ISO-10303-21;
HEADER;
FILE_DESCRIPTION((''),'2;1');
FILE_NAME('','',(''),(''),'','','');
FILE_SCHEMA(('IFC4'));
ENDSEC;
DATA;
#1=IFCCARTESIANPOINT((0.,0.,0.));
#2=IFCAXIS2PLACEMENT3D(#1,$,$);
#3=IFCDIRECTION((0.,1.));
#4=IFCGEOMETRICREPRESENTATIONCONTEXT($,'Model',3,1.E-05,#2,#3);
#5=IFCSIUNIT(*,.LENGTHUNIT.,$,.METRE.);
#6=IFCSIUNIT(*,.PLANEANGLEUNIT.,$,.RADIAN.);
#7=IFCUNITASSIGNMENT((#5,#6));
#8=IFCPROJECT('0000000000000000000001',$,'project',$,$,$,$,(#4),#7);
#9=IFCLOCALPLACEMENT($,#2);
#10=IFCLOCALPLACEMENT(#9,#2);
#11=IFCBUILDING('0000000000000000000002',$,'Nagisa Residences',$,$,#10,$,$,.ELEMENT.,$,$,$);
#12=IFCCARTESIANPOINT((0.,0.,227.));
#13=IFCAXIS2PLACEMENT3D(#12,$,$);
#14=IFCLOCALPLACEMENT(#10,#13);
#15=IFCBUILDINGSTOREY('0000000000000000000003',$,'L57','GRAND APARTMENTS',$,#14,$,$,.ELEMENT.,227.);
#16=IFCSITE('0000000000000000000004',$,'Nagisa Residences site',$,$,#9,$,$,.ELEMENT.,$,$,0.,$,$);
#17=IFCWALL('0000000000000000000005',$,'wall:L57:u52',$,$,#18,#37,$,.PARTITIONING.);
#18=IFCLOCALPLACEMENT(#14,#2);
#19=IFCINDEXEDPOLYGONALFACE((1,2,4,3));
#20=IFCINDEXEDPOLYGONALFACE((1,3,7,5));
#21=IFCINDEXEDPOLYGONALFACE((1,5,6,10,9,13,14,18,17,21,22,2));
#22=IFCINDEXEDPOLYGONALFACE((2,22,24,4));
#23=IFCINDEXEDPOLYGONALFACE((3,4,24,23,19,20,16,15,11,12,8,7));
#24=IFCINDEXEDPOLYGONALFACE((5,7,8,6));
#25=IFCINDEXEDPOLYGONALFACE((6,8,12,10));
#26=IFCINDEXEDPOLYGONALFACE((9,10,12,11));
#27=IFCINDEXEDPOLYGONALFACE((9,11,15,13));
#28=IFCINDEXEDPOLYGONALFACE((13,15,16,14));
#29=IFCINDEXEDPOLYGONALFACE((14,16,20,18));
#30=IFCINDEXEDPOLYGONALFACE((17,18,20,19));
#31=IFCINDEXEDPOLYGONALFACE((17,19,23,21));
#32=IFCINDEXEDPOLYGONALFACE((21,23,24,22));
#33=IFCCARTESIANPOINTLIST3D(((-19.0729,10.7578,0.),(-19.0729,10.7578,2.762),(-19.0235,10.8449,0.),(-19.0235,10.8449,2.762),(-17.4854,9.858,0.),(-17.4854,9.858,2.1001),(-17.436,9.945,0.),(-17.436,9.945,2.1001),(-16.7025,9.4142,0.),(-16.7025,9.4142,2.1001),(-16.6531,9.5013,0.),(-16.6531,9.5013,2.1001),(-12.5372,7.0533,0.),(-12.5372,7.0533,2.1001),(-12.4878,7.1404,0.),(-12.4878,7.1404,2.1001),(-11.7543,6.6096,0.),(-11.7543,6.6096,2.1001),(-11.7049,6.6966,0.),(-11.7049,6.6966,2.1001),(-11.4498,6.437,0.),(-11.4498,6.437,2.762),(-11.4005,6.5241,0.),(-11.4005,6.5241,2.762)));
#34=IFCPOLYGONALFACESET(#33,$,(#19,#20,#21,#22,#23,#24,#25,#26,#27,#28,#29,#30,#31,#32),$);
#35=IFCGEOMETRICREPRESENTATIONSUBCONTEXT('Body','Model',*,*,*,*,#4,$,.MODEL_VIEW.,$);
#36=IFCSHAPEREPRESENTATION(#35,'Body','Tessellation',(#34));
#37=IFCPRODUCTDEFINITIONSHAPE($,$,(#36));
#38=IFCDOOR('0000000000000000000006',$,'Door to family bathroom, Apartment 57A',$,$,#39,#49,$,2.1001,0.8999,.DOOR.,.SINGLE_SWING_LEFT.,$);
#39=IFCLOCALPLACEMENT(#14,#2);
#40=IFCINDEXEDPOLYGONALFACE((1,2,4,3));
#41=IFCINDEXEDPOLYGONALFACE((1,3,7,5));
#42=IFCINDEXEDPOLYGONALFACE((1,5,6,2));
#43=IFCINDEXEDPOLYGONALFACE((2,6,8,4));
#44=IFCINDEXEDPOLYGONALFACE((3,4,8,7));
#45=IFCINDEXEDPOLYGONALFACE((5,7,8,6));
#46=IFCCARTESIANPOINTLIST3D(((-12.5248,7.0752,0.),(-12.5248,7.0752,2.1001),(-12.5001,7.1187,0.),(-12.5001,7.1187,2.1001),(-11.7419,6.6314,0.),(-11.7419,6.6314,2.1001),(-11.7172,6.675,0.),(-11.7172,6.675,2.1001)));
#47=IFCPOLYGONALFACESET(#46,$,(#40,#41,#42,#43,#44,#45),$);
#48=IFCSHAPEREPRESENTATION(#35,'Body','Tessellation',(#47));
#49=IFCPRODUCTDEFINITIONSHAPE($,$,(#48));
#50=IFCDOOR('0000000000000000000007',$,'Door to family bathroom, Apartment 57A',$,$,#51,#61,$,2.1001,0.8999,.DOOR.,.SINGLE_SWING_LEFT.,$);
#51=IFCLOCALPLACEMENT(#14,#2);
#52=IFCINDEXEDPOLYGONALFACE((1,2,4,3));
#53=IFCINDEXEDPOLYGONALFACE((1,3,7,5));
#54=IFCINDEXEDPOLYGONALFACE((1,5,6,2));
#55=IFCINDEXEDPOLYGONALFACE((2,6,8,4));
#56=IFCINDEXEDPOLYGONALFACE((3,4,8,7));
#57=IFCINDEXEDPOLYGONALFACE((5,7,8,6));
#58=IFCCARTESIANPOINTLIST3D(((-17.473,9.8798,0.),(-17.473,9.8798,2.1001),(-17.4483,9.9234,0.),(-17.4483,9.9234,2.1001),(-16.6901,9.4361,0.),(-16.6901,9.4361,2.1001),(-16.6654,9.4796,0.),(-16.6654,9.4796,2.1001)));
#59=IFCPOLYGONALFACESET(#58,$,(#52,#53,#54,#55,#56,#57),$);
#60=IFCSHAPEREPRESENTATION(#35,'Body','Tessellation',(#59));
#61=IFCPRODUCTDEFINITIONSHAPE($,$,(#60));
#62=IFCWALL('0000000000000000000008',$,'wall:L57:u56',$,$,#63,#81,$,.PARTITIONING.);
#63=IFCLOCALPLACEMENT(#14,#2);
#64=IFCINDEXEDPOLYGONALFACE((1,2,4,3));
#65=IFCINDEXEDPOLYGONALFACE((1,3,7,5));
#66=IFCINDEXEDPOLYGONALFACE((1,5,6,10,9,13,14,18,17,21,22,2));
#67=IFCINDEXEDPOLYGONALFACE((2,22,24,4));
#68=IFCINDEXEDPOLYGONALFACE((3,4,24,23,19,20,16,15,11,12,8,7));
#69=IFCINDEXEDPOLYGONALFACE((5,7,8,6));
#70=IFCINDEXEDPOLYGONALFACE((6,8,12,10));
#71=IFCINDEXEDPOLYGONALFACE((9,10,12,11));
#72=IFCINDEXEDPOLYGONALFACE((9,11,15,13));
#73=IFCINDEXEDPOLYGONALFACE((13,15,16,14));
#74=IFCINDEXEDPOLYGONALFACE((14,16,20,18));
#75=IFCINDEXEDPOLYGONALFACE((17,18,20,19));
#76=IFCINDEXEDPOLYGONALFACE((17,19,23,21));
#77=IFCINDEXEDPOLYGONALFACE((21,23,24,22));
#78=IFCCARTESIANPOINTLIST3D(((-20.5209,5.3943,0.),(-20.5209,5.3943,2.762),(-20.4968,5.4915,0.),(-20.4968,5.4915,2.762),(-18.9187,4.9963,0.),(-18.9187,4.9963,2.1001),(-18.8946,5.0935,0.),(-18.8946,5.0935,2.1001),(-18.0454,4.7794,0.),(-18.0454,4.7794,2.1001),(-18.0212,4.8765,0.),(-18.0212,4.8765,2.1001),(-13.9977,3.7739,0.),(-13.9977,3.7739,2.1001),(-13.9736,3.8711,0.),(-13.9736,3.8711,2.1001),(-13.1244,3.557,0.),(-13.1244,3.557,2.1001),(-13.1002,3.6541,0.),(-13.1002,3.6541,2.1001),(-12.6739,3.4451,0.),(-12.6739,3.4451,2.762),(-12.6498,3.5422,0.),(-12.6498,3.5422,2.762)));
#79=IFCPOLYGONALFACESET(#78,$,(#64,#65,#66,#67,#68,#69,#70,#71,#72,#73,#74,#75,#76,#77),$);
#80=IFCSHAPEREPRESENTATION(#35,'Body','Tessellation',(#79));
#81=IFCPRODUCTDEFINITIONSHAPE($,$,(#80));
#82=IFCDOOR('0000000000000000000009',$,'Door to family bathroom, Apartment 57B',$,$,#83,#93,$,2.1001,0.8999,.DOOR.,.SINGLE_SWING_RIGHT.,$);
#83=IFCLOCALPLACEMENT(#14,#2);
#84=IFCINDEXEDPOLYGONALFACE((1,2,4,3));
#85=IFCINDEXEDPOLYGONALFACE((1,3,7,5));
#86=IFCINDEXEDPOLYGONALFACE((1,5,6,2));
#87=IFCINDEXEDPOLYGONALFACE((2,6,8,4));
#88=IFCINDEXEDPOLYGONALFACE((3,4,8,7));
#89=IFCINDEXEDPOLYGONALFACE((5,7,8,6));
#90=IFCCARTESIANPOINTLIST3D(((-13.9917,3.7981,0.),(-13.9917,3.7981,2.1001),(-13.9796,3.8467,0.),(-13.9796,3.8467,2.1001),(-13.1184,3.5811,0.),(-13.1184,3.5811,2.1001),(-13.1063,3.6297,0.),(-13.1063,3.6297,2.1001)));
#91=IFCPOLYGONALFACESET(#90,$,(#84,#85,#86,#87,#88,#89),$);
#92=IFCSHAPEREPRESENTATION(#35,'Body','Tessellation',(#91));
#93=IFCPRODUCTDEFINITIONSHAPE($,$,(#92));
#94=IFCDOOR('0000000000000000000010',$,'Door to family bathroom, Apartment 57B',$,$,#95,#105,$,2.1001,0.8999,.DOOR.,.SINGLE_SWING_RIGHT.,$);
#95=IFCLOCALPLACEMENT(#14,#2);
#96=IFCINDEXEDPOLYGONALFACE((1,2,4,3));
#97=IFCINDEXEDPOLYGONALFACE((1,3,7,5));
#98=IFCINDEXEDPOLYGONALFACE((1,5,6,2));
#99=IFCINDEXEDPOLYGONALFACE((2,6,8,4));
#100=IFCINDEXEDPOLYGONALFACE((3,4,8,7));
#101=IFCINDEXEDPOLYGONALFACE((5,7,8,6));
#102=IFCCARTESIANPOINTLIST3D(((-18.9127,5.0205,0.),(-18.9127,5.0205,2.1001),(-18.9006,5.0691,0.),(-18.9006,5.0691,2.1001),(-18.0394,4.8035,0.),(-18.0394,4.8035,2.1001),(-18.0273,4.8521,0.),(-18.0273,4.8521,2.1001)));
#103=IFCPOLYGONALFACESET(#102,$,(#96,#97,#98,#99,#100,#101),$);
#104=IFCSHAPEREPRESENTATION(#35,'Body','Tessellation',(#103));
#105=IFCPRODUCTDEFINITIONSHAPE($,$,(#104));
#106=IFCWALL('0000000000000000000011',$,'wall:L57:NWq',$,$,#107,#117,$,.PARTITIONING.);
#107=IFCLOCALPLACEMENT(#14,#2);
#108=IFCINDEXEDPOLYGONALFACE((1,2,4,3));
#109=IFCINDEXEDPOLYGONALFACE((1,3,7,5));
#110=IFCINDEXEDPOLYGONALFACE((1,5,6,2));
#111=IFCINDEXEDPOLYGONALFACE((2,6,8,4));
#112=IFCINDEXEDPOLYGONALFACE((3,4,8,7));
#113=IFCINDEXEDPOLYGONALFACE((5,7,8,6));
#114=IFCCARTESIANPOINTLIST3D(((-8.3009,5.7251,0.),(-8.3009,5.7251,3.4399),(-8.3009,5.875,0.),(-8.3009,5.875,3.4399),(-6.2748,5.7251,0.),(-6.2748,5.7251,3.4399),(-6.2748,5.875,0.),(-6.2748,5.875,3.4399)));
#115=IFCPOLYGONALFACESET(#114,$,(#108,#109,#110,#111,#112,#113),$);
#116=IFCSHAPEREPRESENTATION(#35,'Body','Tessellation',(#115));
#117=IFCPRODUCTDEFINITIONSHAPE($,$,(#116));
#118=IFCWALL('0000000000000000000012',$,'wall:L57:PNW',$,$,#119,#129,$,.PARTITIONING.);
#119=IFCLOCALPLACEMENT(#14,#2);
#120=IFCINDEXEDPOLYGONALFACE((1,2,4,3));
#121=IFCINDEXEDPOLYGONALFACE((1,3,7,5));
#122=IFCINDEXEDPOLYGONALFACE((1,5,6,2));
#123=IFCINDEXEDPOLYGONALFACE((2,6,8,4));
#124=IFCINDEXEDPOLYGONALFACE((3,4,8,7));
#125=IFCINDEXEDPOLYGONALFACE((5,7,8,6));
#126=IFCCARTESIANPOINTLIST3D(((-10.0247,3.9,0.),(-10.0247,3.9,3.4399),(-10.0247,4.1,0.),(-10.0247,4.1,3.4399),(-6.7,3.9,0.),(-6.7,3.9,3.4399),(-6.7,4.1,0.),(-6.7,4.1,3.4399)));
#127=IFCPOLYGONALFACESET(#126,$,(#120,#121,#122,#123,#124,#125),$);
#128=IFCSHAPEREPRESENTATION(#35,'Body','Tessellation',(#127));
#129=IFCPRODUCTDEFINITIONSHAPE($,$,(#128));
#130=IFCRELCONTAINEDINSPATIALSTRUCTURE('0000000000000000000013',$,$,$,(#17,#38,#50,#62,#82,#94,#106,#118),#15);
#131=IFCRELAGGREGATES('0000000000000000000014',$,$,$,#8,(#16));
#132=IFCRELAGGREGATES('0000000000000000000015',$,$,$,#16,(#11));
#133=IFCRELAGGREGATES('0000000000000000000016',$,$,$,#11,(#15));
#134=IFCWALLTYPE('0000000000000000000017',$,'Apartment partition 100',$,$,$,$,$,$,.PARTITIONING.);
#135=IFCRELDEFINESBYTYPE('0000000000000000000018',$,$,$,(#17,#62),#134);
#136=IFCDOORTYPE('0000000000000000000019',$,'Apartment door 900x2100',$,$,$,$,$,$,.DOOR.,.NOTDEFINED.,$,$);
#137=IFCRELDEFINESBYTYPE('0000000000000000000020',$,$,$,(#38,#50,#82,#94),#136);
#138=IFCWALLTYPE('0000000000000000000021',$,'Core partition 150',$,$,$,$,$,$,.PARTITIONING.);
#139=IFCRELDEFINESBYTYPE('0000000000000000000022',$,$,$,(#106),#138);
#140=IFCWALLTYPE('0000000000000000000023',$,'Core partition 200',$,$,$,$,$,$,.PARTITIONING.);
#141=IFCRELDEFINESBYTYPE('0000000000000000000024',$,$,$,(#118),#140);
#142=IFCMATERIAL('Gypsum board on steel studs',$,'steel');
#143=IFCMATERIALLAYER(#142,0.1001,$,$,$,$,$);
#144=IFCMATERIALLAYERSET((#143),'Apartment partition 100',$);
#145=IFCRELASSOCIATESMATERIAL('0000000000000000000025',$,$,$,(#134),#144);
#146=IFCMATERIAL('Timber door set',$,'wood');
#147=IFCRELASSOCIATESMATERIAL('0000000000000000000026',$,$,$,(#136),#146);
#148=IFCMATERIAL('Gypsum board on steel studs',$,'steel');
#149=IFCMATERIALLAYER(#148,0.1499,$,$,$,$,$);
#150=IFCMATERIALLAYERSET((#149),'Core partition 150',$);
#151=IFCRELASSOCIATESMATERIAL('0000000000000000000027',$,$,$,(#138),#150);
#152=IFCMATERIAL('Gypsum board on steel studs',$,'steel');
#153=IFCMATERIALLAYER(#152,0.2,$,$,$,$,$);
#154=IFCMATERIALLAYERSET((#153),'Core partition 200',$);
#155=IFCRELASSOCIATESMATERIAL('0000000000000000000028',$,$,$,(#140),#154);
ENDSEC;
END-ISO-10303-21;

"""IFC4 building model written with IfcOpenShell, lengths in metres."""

from ifc_helpers import new_model, si_unit, direction, frame, frame_2d, origin, place, context, subcontext, project, spatial, rectangle, extrude, material, layer, layer_set, type_object, element, fill, save


model = new_model("IFC4")

# Units and contexts
model_context = context("Model", 3, precision=1e-05, world=origin(), true_north=direction((0.0, 1.0)))
body_context = subcontext(model_context, "Body", "Model", "MODEL_VIEW")
ifc_project = project(units=[si_unit("LENGTHUNIT", "METRE"), si_unit("PLANEANGLEUNIT", "RADIAN")], contexts=[model_context])

# Site, building, storey
site_placement = place(None, origin())
site = spatial("IfcSite", under=ifc_project, at=site_placement, Name="Nagisa Residences site", CompositionType="ELEMENT", RefElevation=0.0)
building_placement = place(site_placement, origin())
building = spatial("IfcBuilding", under=site, at=building_placement, Name="Nagisa Residences", CompositionType="ELEMENT")
storey_placement = place(building_placement, frame((0.0, 0.0, 227.0)))
storey = spatial("IfcBuildingStorey", under=building, at=storey_placement, Name="L57", Description="GRAND APARTMENTS", CompositionType="ELEMENT", Elevation=227.0)

# Shared definitions
ifc_material_1 = material(Name="Gypsum board on steel studs", Category="steel")
ifc_layer_1 = layer(ifc_material_1, 0.1001)
ifc_layer_set_1 = layer_set([ifc_layer_1], Name="Apartment partition 100")
wall_type_1 = type_object("IfcWallType", Name="Apartment partition 100", PredefinedType="PARTITIONING", material=ifc_layer_set_1)

# Walls, openings, doors
ifc_material_2 = material(Name="Timber door set", Category="wood")
door_type_1 = type_object("IfcDoorType", Name="Apartment door 900x2100", OperationType="NOTDEFINED", PredefinedType="DOOR", material=ifc_material_2)
wall_1_placement = place(storey_placement, frame((-11.425, 6.4805, 0.0), z_axis=(0.0, 0.0, 1.0), x_axis=(-0.86997, 0.493105, 0.0)))
wall_1 = element("IfcWall", 1, at=wall_1_placement, inside=storey, type_object=wall_type_1, Name="wall:L57:u52", PredefinedType="PARTITIONING", context=body_context, shape_type="SweptSolid", body=[
    extrude(rectangle(XDim=8.7625, YDim=0.1001, at=frame_2d((4.3813, 0.0))), origin(), (0.0, 0.0, 1.0), 2.762),
])
opening_1_placement = place(wall_1_placement, frame((0.3501, 0.0, 0.0)))
opening_1 = element("IfcOpeningElement", 2, at=opening_1_placement, cuts=wall_1, PredefinedType="OPENING", context=body_context, shape_type="SweptSolid", body=[
    extrude(rectangle(XDim=0.8999, YDim=2.1001, at=frame_2d((0.45, 1.05))), frame((0.0, 0.0601, 0.0), z_axis=(0.0, -1.0, 0.0), x_axis=(1.0, 0.0, 0.0)), (0.0, 0.0, 1.0), 0.1201),
])
opening_2_placement = place(wall_1_placement, frame((6.0378, 0.0, 0.0)))
opening_2 = element("IfcOpeningElement", 3, at=opening_2_placement, cuts=wall_1, PredefinedType="OPENING", context=body_context, shape_type="SweptSolid", body=[
    extrude(rectangle(XDim=0.8999, YDim=2.1001, at=frame_2d((0.45, 1.05))), frame((0.0, 0.0601, 0.0), z_axis=(0.0, -1.0, 0.0), x_axis=(1.0, 0.0, 0.0)), (0.0, 0.0, 1.0), 0.1201),
])
door_1_placement = place(opening_1_placement, origin())
door_1 = element("IfcDoor", 4, at=door_1_placement, inside=storey, type_object=door_type_1, Name="Door to family bathroom, Apartment 57A", OperationType="SINGLE_SWING_LEFT", OverallHeight=2.1001, OverallWidth=0.8999, PredefinedType="DOOR", context=body_context, shape_type="SweptSolid", body=[
    extrude(rectangle(XDim=0.8999, YDim=2.1001, at=frame_2d((0.45, 1.05))), frame((0.0, 0.0249, 0.0), z_axis=(0.0, -1.0, 0.0), x_axis=(1.0, 0.0, 0.0)), (0.0, 0.0, 1.0), 0.05),
])
fill(opening_1, door_1)
door_2_placement = place(opening_2_placement, origin())
door_2 = element("IfcDoor", 5, at=door_2_placement, inside=storey, type_object=door_type_1, Name="Door to family bathroom, Apartment 57A", OperationType="SINGLE_SWING_LEFT", OverallHeight=2.1001, OverallWidth=0.8999, PredefinedType="DOOR", context=body_context, shape_type="SweptSolid", body=[
    extrude(rectangle(XDim=0.8999, YDim=2.1001, at=frame_2d((0.45, 1.05))), frame((0.0, 0.0249, 0.0), z_axis=(0.0, -1.0, 0.0), x_axis=(1.0, 0.0, 0.0)), (0.0, 0.0, 1.0), 0.05),
])
fill(opening_2, door_2)
wall_2_placement = place(storey_placement, frame((-12.6619, 3.4937, 0.0), z_axis=(0.0, 0.0, 1.0), x_axis=(-0.970506, 0.241079, 0.0)))
wall_2 = element("IfcWall", 6, at=wall_2_placement, inside=storey, type_object=wall_type_1, Name="wall:L57:u56", PredefinedType="PARTITIONING", context=body_context, shape_type="SweptSolid", body=[
    extrude(rectangle(XDim=8.0854, YDim=0.1001, at=frame_2d((4.0427, 0.0))), origin(), (0.0, 0.0, 1.0), 2.762),
])
opening_3_placement = place(wall_2_placement, frame((0.4641, 0.0, 0.0)))
opening_3 = element("IfcOpeningElement", 7, at=opening_3_placement, cuts=wall_2, PredefinedType="OPENING", context=body_context, shape_type="SweptSolid", body=[
    extrude(rectangle(XDim=0.8999, YDim=2.1001, at=frame_2d((0.45, 1.05))), frame((0.0, 0.0601, 0.0), z_axis=(0.0, -1.0, 0.0), x_axis=(1.0, 0.0, 0.0)), (0.0, 0.0, 1.0), 0.1201),
])
opening_4_placement = place(wall_2_placement, frame((5.5347, 0.0, 0.0)))
opening_4 = element("IfcOpeningElement", 8, at=opening_4_placement, cuts=wall_2, PredefinedType="OPENING", context=body_context, shape_type="SweptSolid", body=[
    extrude(rectangle(XDim=0.8999, YDim=2.1001, at=frame_2d((0.45, 1.05))), frame((0.0, 0.0601, 0.0), z_axis=(0.0, -1.0, 0.0), x_axis=(1.0, 0.0, 0.0)), (0.0, 0.0, 1.0), 0.1201),
])
door_3_placement = place(opening_3_placement, frame((0.8999, 0.0, 0.0), x_axis=(-1.0, 0.0, 0.0)))
door_3 = element("IfcDoor", 9, at=door_3_placement, inside=storey, type_object=door_type_1, Name="Door to family bathroom, Apartment 57B", OperationType="SINGLE_SWING_RIGHT", OverallHeight=2.1001, OverallWidth=0.8999, PredefinedType="DOOR", context=body_context, shape_type="SweptSolid", body=[
    extrude(rectangle(XDim=0.8999, YDim=2.1001, at=frame_2d((0.45, 1.05))), frame((0.0, 0.0249, 0.0), z_axis=(0.0, -1.0, 0.0), x_axis=(1.0, 0.0, 0.0)), (0.0, 0.0, 1.0), 0.05),
])
fill(opening_3, door_3)
door_4_placement = place(opening_4_placement, frame((0.8999, 0.0, 0.0), x_axis=(-1.0, 0.0, 0.0)))
door_4 = element("IfcDoor", 10, at=door_4_placement, inside=storey, type_object=door_type_1, Name="Door to family bathroom, Apartment 57B", OperationType="SINGLE_SWING_RIGHT", OverallHeight=2.1001, OverallWidth=0.8999, PredefinedType="DOOR", context=body_context, shape_type="SweptSolid", body=[
    extrude(rectangle(XDim=0.8999, YDim=2.1001, at=frame_2d((0.45, 1.05))), frame((0.0, 0.0249, 0.0), z_axis=(0.0, -1.0, 0.0), x_axis=(1.0, 0.0, 0.0)), (0.0, 0.0, 1.0), 0.05),
])
fill(opening_4, door_4)

# Walls
ifc_material_3 = material(Name="Gypsum board on steel studs", Category="steel")
ifc_layer_2 = layer(ifc_material_3, 0.1499)
ifc_layer_set_2 = layer_set([ifc_layer_2], Name="Core partition 150")
wall_type_2 = type_object("IfcWallType", Name="Core partition 150", PredefinedType="PARTITIONING", material=ifc_layer_set_2)
wall_3_placement = place(storey_placement, frame((-8.301, 5.8, 0.0), z_axis=(0.0, 0.0, 1.0), x_axis=(1.0, 0.0, 0.0)))
element("IfcWall", 11, at=wall_3_placement, inside=storey, type_object=wall_type_2, Name="wall:L57:NWq", PredefinedType="PARTITIONING", context=body_context, shape_type="SweptSolid", body=[
    extrude(rectangle(XDim=2.0261, YDim=0.1499, at=frame_2d((1.0132, 0.0))), origin(), (0.0, 0.0, 1.0), 3.4399),
])
ifc_material_4 = material(Name="Gypsum board on steel studs", Category="steel")
ifc_layer_3 = layer(ifc_material_4, 0.2)
ifc_layer_set_3 = layer_set([ifc_layer_3], Name="Core partition 200")
wall_type_3 = type_object("IfcWallType", Name="Core partition 200", PredefinedType="PARTITIONING", material=ifc_layer_set_3)
wall_4_placement = place(storey_placement, frame((-10.0247, 4.0, 0.0), z_axis=(0.0, 0.0, 1.0), x_axis=(1.0, 0.0, 0.0)))
element("IfcWall", 12, at=wall_4_placement, inside=storey, type_object=wall_type_3, Name="wall:L57:PNW", PredefinedType="PARTITIONING", context=body_context, shape_type="SweptSolid", body=[
    extrude(rectangle(XDim=3.3247, YDim=0.2, at=frame_2d((1.6624, 0.0))), origin(), (0.0, 0.0, 1.0), 3.4399),
])

save(model, "model.ifc")
